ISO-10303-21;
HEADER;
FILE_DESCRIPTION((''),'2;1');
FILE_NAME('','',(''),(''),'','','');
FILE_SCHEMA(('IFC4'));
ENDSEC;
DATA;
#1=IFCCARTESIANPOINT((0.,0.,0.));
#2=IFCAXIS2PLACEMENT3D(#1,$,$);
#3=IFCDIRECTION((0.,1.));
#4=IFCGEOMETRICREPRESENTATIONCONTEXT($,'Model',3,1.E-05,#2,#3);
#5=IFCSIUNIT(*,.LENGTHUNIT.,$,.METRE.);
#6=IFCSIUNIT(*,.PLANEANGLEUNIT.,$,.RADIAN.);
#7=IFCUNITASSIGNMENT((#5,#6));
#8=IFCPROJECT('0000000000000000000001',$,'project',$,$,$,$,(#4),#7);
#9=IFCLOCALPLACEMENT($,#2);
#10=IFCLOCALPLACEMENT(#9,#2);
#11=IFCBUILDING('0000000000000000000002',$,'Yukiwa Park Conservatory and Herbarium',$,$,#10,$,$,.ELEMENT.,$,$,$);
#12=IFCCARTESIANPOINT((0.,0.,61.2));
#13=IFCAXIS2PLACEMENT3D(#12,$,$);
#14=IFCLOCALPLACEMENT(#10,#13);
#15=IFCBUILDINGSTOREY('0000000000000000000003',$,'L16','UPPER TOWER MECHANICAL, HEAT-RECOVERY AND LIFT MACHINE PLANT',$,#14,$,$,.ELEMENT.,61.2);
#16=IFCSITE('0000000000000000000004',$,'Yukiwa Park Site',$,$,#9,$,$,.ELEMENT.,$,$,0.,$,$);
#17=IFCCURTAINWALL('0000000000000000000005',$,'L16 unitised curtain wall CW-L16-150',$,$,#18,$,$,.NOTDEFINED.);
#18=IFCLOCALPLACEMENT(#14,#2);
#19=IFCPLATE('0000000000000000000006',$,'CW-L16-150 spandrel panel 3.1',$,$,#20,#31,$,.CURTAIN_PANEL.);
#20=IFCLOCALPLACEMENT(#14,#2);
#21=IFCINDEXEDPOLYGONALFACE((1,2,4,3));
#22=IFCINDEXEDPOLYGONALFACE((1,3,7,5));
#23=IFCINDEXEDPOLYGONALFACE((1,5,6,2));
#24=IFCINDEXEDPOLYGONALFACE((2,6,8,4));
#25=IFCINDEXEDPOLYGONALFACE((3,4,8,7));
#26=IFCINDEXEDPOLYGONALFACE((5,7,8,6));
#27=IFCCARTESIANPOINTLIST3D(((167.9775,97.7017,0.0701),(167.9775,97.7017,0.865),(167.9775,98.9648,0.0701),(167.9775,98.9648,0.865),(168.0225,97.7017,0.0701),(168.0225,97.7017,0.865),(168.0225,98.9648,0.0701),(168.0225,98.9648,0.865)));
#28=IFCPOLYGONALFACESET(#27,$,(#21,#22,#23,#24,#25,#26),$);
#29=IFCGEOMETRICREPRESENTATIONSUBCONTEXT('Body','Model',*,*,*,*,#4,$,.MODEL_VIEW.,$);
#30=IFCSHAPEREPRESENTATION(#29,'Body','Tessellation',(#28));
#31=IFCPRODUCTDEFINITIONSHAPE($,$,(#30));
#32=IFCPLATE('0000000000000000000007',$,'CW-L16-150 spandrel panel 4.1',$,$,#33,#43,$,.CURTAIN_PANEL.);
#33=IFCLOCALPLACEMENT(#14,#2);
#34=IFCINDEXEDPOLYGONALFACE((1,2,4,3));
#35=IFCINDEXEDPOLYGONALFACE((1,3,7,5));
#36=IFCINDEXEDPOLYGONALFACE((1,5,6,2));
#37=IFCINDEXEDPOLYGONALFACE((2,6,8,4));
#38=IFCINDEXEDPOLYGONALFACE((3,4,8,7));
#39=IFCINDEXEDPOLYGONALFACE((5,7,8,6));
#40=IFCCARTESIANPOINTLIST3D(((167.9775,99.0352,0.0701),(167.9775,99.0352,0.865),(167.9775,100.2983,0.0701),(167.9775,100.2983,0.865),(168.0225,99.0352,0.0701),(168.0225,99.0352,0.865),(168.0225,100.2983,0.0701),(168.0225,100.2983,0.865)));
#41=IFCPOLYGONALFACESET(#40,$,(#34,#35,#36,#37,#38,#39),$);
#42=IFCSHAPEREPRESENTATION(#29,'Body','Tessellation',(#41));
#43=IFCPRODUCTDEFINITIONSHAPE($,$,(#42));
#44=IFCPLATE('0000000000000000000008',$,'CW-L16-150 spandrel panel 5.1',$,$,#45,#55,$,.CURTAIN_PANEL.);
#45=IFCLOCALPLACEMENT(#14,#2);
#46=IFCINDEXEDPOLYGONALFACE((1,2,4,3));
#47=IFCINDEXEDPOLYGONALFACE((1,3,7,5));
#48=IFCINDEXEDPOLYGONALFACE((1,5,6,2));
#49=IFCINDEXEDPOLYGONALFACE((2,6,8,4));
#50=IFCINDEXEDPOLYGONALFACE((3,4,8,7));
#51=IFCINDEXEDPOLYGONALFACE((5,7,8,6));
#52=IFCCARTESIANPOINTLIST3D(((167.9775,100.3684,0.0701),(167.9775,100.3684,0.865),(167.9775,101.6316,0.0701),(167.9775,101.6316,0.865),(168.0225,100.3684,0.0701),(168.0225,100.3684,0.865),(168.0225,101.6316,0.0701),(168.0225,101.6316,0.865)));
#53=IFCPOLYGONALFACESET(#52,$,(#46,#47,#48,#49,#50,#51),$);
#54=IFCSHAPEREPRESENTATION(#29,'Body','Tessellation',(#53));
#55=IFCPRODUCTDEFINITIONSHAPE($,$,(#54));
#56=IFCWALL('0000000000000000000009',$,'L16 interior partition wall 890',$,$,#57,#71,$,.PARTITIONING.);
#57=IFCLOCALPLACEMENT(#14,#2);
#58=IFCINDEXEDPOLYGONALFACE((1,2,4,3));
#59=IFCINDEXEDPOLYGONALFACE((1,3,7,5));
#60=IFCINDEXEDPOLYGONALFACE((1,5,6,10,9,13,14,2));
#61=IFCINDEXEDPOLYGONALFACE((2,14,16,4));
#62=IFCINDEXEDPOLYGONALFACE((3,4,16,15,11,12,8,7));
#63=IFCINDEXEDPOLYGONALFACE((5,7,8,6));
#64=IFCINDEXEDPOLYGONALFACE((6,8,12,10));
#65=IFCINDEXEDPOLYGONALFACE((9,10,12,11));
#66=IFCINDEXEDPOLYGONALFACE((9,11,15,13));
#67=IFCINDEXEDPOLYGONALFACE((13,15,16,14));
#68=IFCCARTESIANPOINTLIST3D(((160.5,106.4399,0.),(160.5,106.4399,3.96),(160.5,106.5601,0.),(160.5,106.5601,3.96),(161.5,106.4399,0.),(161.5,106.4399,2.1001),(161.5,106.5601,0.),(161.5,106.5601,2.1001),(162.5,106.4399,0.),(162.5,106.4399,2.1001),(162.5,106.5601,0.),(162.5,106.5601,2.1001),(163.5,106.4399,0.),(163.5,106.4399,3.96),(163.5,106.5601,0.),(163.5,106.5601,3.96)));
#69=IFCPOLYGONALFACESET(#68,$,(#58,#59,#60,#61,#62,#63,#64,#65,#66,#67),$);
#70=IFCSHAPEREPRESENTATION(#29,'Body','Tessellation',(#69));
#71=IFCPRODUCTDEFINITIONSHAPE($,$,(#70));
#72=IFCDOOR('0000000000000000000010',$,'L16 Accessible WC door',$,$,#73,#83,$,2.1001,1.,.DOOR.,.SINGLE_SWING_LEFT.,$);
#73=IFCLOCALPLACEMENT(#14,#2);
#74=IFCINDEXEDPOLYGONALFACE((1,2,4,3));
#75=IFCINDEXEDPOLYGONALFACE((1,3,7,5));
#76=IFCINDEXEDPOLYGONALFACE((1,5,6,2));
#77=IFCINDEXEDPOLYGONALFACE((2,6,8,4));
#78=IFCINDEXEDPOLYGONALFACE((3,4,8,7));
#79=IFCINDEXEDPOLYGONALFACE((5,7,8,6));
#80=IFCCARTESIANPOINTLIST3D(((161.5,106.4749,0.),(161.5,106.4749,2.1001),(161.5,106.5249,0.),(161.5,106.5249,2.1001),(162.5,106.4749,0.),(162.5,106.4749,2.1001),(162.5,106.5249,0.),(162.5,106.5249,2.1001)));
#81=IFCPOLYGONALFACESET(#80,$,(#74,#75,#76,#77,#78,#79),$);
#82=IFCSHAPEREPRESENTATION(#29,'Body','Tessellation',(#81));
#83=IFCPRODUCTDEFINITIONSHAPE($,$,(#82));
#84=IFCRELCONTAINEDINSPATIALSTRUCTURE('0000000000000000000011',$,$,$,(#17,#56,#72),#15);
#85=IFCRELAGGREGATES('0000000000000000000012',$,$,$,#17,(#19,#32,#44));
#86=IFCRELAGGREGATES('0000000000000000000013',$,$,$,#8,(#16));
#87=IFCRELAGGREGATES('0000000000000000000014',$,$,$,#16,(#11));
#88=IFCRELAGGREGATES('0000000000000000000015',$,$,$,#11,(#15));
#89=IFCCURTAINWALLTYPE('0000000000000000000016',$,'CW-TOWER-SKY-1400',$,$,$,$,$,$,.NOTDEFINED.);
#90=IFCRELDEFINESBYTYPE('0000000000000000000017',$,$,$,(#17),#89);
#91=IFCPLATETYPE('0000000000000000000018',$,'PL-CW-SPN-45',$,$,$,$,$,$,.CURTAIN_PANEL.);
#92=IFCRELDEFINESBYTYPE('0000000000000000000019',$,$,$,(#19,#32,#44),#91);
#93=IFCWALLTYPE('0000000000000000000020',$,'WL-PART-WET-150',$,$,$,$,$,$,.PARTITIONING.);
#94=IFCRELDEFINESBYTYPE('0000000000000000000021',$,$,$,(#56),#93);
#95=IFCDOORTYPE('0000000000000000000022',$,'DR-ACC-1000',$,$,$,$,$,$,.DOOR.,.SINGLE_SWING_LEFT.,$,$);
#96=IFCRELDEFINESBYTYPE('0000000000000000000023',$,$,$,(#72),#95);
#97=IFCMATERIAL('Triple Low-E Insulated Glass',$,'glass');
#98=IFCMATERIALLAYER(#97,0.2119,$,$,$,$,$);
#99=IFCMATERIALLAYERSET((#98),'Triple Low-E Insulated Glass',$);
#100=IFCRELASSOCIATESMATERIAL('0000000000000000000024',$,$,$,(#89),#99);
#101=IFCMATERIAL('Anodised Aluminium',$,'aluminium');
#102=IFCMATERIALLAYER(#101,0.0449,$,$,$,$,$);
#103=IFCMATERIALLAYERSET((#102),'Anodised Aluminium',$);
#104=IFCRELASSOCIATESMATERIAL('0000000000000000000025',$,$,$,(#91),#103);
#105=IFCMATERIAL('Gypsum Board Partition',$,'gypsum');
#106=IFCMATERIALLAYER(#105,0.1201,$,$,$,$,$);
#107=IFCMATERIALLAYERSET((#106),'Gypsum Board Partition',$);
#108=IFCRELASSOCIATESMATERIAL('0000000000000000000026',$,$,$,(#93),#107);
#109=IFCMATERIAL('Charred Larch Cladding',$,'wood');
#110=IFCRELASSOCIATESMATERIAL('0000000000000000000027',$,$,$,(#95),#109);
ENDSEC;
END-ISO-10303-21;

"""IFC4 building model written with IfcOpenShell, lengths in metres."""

from ifc_helpers import new_model, si_unit, direction, frame, frame_2d, origin, origin_2d, place, context, subcontext, project, spatial, rectangle, extrude, material, layer, layer_set, type_object, element, fill, aggregate, save


model = new_model("IFC4")

# Units and contexts
model_context = context("Model", 3, precision=1e-05, world=origin(), true_north=direction((0.0, 1.0)))
body_context = subcontext(model_context, "Body", "Model", "MODEL_VIEW")
ifc_project = project(units=[si_unit("LENGTHUNIT", "METRE"), si_unit("PLANEANGLEUNIT", "RADIAN")], contexts=[model_context])

# Site, building, storey
site_placement = place(None, origin())
site = spatial("IfcSite", under=ifc_project, at=site_placement, Name="Yukiwa Park Site", CompositionType="ELEMENT", RefElevation=0.0)
building_placement = place(site_placement, origin())
building = spatial("IfcBuilding", under=site, at=building_placement, Name="Yukiwa Park Conservatory and Herbarium", CompositionType="ELEMENT")
storey_placement = place(building_placement, frame((0.0, 0.0, 61.2)))
storey = spatial("IfcBuildingStorey", under=building, at=storey_placement, Name="L16", Description="UPPER TOWER MECHANICAL, HEAT-RECOVERY AND LIFT MACHINE PLANT", CompositionType="ELEMENT", Elevation=61.2)

# Curtain wall, plates
ifc_material_1 = material(Name="Triple Low-E Insulated Glass", Category="glass")
ifc_layer_1 = layer(ifc_material_1, 0.2119)
ifc_layer_set_1 = layer_set([ifc_layer_1], Name="Triple Low-E Insulated Glass")
curtain_wall_type = type_object("IfcCurtainWallType", Name="CW-TOWER-SKY-1400", PredefinedType="NOTDEFINED", material=ifc_layer_set_1)
curtain_wall_placement = place(storey_placement, origin())
curtain_wall = element("IfcCurtainWall", 1, at=curtain_wall_placement, inside=storey, type_object=curtain_wall_type, Name="L16 unitised curtain wall CW-L16-150", PredefinedType="NOTDEFINED")
ifc_material_2 = material(Name="Anodised Aluminium", Category="aluminium")
ifc_layer_2 = layer(ifc_material_2, 0.0449)
ifc_layer_set_2 = layer_set([ifc_layer_2], Name="Anodised Aluminium")
plate_type_1 = type_object("IfcPlateType", Name="PL-CW-SPN-45", PredefinedType="CURTAIN_PANEL", material=ifc_layer_set_2)
plate_1_placement = place(storey_placement, frame((168.0, 98.3333, 0.0701), z_axis=(0.0, 0.0, 1.0), x_axis=(0.0, 1.0, 0.0)))
plate_1 = element("IfcPlate", 2, at=plate_1_placement, type_object=plate_type_1, Name="CW-L16-150 spandrel panel 3.1", PredefinedType="CURTAIN_PANEL", context=body_context, shape_type="SweptSolid", body=[
    extrude(rectangle(XDim=1.2632, YDim=0.0449, at=origin_2d()), origin(), (0.0, 0.0, 1.0), 0.7949),
])
plate_2_placement = place(storey_placement, frame((168.0, 99.6667, 0.0701), z_axis=(0.0, 0.0, 1.0), x_axis=(0.0, 1.0, 0.0)))
plate_2 = element("IfcPlate", 3, at=plate_2_placement, type_object=plate_type_1, Name="CW-L16-150 spandrel panel 4.1", PredefinedType="CURTAIN_PANEL", context=body_context, shape_type="SweptSolid", body=[
    extrude(rectangle(XDim=1.2632, YDim=0.0449, at=origin_2d()), origin(), (0.0, 0.0, 1.0), 0.7949),
])
plate_3_placement = place(storey_placement, frame((168.0, 101.0, 0.0701), z_axis=(0.0, 0.0, 1.0), x_axis=(0.0, 1.0, 0.0)))
plate_3 = element("IfcPlate", 4, at=plate_3_placement, type_object=plate_type_1, Name="CW-L16-150 spandrel panel 5.1", PredefinedType="CURTAIN_PANEL", context=body_context, shape_type="SweptSolid", body=[
    extrude(rectangle(XDim=1.2632, YDim=0.0449, at=origin_2d()), origin(), (0.0, 0.0, 1.0), 0.7949),
])
aggregate(curtain_wall, [plate_1, plate_2, plate_3])

# Wall, opening, door
ifc_material_3 = material(Name="Gypsum Board Partition", Category="gypsum")
ifc_layer_3 = layer(ifc_material_3, 0.1201)
ifc_layer_set_3 = layer_set([ifc_layer_3], Name="Gypsum Board Partition")
wall_type = type_object("IfcWallType", Name="WL-PART-WET-150", PredefinedType="PARTITIONING", material=ifc_layer_set_3)
wall_placement = place(storey_placement, frame((160.5, 106.5, 0.0), z_axis=(0.0, 0.0, 1.0), x_axis=(1.0, 0.0, 0.0)))
wall = element("IfcWall", 5, at=wall_placement, inside=storey, type_object=wall_type, Name="L16 interior partition wall 890", PredefinedType="PARTITIONING", context=body_context, shape_type="SweptSolid", body=[
    extrude(rectangle(XDim=3.0, YDim=0.1201, at=frame_2d((1.5, 0.0))), origin(), (0.0, 0.0, 1.0), 3.96),
])
opening_placement = place(wall_placement, frame((1.0, 0.0, 0.0)))
opening = element("IfcOpeningElement", 6, at=opening_placement, cuts=wall, PredefinedType="OPENING", context=body_context, shape_type="SweptSolid", body=[
    extrude(rectangle(XDim=1.0, YDim=2.1001, at=frame_2d((0.5, 1.05))), frame((0.0, 0.0701, 0.0), z_axis=(0.0, -1.0, 0.0), x_axis=(1.0, 0.0, 0.0)), (0.0, 0.0, 1.0), 0.1401),
])
ifc_material_4 = material(Name="Charred Larch Cladding", Category="wood")
door_type = type_object("IfcDoorType", Name="DR-ACC-1000", OperationType="SINGLE_SWING_LEFT", PredefinedType="DOOR", material=ifc_material_4)
door_placement = place(opening_placement, origin())
door = element("IfcDoor", 7, at=door_placement, inside=storey, type_object=door_type, Name="L16 Accessible WC door", OperationType="SINGLE_SWING_LEFT", OverallHeight=2.1001, OverallWidth=1.0, PredefinedType="DOOR", context=body_context, shape_type="SweptSolid", body=[
    extrude(rectangle(XDim=1.0, YDim=2.1001, at=frame_2d((0.5, 1.05))), frame((0.0, 0.0249, 0.0), z_axis=(0.0, -1.0, 0.0), x_axis=(1.0, 0.0, 0.0)), (0.0, 0.0, 1.0), 0.05),
])
fill(opening, door)

save(model, "model.ifc")
